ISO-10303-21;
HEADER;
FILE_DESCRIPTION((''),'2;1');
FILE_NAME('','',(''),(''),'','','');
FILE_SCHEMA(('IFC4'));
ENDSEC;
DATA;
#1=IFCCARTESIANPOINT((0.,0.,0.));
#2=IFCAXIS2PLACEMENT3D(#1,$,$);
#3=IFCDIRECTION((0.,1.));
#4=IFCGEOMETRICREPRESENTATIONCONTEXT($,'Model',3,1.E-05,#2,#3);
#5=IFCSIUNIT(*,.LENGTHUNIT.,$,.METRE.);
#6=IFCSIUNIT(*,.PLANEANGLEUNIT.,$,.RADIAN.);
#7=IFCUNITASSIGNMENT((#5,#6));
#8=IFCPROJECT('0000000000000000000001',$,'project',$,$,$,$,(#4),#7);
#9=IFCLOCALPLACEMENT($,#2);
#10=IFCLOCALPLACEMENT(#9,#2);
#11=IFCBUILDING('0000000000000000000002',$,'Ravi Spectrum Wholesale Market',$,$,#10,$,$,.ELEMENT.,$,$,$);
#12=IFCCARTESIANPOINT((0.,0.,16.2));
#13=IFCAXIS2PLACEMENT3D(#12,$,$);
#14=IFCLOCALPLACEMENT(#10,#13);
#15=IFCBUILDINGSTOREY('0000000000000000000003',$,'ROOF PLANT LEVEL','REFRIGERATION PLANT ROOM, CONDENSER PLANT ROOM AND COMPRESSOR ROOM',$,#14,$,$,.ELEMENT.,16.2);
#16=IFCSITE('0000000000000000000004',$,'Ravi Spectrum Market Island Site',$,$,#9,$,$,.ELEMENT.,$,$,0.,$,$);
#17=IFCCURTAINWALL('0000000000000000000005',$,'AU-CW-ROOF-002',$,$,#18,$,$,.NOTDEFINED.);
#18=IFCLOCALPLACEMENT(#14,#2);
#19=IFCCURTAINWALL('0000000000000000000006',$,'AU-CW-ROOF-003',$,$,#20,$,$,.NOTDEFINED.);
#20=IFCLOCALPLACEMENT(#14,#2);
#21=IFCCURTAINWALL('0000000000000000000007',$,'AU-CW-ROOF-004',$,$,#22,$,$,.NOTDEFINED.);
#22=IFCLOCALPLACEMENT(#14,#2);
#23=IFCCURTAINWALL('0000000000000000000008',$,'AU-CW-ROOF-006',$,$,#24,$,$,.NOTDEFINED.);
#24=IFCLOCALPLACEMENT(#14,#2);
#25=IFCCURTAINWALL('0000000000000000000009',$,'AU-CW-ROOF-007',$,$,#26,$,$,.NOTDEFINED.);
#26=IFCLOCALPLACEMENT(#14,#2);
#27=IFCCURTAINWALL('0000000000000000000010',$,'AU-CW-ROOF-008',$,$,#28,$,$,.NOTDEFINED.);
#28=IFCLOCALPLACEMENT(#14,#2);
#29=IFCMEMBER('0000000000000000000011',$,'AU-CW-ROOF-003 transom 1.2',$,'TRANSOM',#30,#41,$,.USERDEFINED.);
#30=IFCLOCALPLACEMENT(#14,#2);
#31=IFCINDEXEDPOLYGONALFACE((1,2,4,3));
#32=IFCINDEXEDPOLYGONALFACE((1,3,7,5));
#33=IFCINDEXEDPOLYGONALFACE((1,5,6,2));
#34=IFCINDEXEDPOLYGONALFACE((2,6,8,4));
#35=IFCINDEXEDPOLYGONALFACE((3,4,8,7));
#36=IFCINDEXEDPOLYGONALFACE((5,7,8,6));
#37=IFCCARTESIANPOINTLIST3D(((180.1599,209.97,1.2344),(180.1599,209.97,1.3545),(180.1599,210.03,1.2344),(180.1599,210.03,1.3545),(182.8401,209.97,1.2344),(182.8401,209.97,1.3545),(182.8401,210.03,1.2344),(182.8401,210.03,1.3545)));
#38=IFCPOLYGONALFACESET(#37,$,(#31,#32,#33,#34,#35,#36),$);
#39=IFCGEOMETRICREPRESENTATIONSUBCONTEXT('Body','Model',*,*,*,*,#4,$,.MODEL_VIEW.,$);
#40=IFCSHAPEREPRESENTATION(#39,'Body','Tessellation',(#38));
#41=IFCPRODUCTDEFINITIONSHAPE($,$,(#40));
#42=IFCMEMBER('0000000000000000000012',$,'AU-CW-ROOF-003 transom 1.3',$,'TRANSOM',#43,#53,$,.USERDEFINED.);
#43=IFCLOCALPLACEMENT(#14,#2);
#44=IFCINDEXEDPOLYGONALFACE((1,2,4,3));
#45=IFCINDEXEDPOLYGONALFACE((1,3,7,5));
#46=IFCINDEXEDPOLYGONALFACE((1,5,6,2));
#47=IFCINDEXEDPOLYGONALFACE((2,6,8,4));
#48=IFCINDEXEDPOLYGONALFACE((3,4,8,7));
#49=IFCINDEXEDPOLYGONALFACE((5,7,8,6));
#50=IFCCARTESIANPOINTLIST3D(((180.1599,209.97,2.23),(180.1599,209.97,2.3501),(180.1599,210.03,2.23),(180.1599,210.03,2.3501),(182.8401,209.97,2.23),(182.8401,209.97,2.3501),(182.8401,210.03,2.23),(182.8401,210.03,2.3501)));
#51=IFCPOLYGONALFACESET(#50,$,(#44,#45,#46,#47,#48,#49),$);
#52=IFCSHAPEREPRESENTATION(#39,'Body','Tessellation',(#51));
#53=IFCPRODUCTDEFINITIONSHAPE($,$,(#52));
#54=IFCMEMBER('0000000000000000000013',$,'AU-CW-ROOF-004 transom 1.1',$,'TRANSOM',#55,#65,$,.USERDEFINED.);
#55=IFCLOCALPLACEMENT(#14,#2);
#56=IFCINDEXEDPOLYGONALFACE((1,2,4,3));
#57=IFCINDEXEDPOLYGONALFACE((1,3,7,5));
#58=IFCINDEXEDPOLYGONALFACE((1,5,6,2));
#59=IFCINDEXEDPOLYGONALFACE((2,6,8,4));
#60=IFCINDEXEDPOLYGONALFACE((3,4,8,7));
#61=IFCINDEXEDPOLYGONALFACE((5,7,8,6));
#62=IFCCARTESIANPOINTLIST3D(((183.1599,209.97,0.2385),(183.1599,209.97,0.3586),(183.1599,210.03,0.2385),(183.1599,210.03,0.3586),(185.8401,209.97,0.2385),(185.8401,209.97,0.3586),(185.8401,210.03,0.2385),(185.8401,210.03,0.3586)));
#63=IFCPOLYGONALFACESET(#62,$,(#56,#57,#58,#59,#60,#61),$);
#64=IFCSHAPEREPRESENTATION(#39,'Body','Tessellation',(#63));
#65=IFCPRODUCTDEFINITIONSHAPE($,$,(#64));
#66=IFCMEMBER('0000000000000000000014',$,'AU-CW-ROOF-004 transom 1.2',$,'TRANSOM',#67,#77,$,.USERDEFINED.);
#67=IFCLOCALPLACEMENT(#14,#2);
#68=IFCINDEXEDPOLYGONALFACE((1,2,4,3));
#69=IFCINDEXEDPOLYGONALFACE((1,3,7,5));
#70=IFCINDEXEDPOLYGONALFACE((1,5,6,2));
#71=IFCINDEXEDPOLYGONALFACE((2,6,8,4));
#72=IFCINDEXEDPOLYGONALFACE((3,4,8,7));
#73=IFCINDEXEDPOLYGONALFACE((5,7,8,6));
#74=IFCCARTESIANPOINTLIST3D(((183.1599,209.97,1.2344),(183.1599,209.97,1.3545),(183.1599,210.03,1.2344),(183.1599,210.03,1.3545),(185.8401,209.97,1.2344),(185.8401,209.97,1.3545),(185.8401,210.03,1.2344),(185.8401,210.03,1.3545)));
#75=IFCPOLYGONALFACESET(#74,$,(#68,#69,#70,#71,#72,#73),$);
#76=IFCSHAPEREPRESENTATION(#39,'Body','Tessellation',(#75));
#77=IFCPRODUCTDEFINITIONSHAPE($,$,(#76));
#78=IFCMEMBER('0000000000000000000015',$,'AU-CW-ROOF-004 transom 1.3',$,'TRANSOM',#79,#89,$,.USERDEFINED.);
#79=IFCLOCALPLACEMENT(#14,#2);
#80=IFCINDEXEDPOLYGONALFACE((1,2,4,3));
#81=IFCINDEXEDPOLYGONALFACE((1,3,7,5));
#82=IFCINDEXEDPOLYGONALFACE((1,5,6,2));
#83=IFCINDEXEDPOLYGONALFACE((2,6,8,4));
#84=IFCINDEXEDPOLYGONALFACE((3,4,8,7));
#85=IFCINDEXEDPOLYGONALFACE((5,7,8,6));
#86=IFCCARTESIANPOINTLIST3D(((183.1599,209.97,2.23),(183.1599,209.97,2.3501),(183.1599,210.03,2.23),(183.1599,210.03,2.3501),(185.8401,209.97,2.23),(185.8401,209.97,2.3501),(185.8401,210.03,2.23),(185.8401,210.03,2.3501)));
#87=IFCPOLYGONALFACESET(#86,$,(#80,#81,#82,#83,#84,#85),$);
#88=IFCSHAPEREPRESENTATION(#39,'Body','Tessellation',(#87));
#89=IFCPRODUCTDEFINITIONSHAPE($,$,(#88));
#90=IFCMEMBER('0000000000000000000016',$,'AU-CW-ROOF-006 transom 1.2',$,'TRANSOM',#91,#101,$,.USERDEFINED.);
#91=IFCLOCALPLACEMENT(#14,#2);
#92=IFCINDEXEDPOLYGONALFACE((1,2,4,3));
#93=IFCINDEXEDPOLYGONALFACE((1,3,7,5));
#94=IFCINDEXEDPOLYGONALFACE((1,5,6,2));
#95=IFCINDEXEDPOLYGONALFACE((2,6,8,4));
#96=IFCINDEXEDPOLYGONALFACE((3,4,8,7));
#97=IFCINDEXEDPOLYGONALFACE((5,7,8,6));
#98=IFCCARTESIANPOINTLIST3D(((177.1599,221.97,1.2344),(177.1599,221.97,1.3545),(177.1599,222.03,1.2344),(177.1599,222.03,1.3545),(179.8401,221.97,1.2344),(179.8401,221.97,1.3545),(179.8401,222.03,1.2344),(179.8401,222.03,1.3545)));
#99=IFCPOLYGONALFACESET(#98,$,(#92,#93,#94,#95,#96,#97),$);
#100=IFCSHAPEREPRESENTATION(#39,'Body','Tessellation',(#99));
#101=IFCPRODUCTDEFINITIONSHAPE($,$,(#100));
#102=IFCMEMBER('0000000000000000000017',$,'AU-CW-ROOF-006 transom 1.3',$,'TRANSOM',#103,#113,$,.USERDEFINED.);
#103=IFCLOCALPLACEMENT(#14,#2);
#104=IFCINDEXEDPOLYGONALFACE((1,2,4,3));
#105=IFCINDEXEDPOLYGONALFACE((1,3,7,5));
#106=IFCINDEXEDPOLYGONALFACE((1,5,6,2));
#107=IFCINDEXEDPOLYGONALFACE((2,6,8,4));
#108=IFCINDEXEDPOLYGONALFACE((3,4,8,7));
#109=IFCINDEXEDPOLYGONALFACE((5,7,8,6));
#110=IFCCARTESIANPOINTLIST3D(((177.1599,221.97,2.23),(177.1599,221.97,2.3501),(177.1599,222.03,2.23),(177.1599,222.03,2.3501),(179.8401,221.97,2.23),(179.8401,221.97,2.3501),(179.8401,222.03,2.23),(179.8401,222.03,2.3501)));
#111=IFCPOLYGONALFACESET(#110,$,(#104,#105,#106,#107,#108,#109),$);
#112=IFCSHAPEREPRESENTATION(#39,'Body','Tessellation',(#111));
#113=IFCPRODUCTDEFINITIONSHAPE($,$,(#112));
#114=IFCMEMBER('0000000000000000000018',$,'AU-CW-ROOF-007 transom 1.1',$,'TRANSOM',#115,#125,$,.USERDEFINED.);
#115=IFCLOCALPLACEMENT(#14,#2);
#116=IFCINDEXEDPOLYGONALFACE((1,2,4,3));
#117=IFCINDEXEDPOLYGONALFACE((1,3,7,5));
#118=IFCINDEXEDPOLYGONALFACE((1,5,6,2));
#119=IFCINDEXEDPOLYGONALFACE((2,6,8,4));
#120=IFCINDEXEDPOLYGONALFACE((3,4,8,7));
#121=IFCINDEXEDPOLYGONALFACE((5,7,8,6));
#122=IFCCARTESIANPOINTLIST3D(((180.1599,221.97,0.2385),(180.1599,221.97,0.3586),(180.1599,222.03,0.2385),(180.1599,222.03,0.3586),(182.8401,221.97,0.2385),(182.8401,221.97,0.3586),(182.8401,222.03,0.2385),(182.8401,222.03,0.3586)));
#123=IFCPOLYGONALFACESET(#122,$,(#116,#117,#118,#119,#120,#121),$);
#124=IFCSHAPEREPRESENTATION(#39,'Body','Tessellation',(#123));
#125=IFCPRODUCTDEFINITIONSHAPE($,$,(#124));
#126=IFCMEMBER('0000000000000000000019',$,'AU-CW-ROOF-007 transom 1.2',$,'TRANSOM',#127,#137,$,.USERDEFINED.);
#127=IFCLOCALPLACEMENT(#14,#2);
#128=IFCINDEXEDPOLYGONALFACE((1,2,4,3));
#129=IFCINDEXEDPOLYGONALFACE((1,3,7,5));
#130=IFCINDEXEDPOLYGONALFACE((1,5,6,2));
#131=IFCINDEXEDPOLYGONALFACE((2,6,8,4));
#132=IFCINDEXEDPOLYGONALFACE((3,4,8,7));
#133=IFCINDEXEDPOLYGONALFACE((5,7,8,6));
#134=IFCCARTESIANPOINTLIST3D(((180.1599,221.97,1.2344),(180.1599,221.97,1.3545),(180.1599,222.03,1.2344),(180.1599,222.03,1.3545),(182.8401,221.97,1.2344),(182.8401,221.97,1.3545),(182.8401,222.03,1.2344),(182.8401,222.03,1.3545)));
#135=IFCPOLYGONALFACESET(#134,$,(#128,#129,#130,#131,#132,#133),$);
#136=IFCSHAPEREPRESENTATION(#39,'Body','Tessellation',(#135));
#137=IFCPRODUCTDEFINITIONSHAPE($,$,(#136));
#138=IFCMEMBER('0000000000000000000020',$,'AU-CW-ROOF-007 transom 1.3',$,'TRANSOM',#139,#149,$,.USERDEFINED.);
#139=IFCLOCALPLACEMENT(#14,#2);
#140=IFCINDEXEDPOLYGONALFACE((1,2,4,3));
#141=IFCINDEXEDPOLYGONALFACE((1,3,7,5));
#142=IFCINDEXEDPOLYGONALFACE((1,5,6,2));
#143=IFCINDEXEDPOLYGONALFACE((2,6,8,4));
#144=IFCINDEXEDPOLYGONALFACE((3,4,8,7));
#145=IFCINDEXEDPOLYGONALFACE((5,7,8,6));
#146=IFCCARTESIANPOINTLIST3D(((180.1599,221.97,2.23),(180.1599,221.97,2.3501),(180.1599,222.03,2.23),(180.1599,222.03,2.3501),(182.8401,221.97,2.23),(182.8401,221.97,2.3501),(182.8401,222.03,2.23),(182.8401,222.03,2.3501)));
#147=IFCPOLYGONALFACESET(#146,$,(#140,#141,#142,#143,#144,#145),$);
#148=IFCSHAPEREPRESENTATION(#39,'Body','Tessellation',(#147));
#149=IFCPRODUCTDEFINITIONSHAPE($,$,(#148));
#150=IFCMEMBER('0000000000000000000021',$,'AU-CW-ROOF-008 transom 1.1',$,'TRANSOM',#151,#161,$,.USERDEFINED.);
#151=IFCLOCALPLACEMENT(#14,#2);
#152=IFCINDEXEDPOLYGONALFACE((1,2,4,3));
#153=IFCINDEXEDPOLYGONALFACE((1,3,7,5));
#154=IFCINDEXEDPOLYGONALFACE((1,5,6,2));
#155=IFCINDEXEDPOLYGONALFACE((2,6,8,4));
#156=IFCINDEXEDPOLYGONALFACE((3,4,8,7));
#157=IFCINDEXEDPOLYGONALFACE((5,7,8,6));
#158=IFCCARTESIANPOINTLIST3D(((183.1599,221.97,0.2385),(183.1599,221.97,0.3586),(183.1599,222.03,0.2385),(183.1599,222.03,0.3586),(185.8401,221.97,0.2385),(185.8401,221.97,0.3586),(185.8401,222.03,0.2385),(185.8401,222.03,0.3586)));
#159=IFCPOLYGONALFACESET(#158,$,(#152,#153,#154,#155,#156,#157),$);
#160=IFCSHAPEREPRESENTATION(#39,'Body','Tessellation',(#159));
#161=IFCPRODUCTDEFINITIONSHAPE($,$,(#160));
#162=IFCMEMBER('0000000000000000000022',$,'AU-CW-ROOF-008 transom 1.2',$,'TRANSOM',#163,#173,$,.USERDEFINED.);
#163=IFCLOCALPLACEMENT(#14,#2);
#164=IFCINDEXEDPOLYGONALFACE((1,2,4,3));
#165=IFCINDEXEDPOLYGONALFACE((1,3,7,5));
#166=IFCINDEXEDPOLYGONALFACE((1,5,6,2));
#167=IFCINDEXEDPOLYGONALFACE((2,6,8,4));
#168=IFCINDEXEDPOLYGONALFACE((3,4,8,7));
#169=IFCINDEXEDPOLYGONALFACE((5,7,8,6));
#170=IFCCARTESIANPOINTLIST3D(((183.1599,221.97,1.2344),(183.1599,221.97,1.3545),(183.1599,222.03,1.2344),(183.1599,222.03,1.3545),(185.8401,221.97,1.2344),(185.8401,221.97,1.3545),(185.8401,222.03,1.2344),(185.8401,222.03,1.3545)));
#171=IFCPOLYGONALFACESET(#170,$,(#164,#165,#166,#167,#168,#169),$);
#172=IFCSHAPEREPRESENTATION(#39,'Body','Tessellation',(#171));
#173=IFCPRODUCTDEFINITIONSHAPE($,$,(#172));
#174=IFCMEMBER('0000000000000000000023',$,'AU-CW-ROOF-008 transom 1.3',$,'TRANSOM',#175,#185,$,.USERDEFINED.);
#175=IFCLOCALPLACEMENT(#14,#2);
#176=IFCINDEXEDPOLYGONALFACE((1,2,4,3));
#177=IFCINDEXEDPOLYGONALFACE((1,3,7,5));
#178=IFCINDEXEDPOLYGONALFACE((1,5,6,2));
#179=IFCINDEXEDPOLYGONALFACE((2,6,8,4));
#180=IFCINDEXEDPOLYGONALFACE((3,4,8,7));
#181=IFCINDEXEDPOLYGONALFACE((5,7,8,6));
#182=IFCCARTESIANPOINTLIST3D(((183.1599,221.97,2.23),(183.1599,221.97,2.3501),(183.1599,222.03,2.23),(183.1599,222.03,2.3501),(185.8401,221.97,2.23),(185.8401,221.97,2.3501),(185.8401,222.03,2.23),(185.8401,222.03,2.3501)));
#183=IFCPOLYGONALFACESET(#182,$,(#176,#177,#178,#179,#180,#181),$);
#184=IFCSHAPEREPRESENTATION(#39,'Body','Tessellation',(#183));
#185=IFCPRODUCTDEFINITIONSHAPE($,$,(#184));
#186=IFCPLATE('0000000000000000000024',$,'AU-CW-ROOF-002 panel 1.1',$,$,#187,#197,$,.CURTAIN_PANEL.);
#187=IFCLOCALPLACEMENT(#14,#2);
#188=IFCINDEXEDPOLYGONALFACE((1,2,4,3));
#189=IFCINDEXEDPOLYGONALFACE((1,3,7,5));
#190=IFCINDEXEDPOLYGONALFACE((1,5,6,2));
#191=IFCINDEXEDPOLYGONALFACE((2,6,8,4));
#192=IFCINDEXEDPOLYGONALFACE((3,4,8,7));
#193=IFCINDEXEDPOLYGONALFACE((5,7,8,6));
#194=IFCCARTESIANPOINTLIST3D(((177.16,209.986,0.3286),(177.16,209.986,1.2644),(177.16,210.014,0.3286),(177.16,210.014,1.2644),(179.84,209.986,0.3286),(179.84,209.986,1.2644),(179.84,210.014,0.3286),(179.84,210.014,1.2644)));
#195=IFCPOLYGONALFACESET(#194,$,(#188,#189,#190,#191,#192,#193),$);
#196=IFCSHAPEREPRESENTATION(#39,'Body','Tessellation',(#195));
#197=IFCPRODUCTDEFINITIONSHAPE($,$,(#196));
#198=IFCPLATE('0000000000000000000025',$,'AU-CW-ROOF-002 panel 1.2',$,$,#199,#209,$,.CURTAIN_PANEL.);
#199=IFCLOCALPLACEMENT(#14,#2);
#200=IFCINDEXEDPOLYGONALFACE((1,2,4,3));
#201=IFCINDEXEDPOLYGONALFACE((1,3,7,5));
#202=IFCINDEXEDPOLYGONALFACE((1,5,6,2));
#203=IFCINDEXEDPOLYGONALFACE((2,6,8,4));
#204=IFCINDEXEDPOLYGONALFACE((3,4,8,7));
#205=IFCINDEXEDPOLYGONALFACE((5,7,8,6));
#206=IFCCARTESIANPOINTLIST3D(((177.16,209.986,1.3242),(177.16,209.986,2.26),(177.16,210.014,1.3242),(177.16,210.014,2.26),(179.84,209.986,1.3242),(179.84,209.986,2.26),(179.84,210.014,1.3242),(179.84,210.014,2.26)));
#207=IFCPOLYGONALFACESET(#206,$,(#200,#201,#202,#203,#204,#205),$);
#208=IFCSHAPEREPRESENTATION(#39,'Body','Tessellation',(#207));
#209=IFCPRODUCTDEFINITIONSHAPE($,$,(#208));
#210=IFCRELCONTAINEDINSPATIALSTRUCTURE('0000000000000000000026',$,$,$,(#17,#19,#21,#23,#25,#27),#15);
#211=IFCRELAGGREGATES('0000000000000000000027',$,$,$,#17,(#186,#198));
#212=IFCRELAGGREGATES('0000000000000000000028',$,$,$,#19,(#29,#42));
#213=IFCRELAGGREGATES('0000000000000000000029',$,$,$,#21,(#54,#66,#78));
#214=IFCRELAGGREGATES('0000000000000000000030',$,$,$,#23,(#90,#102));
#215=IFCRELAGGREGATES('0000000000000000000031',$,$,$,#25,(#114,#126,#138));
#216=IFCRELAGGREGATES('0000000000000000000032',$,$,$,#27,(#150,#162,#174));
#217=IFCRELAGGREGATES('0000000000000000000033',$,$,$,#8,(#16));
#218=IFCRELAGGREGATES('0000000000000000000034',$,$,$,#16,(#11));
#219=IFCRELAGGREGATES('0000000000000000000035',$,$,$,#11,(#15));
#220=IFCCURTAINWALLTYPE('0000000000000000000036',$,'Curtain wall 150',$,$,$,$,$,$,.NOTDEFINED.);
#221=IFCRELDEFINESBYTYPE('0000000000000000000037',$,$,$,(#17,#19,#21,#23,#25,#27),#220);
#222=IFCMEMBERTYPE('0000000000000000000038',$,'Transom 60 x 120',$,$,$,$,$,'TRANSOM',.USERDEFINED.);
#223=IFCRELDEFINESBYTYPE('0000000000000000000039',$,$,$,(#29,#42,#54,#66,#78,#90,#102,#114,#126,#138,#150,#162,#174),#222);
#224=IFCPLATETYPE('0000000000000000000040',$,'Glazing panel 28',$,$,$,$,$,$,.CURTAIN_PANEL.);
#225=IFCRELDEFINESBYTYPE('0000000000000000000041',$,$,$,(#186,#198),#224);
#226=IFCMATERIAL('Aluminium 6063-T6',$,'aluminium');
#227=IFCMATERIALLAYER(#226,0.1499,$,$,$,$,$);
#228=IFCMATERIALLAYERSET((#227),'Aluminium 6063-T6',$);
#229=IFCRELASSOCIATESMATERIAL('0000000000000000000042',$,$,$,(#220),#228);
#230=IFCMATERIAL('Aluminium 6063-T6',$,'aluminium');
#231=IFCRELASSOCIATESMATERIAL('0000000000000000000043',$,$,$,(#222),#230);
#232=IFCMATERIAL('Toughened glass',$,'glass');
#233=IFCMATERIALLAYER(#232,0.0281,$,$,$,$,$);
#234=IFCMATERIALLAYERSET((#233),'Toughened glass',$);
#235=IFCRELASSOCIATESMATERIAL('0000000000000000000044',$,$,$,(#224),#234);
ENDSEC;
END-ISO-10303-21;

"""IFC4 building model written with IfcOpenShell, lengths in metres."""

from ifc_helpers import new_model, si_unit, direction, frame, origin, origin_2d, place, context, subcontext, project, spatial, rectangle, extrude, material, layer, layer_set, material_profile, profile_set, type_object, element, aggregate, save


model = new_model("IFC4")

# Units and contexts
model_context = context("Model", 3, precision=1e-05, world=origin(), true_north=direction((0.0, 1.0)))
body_context = subcontext(model_context, "Body", "Model", "MODEL_VIEW")
ifc_project = project(units=[si_unit("LENGTHUNIT", "METRE"), si_unit("PLANEANGLEUNIT", "RADIAN")], contexts=[model_context])

# Site, building, storey
site_placement = place(None, origin())
site = spatial("IfcSite", under=ifc_project, at=site_placement, Name="Ravi Spectrum Market Island Site", CompositionType="ELEMENT", RefElevation=0.0)
building_placement = place(site_placement, origin())
building = spatial("IfcBuilding", under=site, at=building_placement, Name="Ravi Spectrum Wholesale Market", CompositionType="ELEMENT")
storey_placement = place(building_placement, frame((0.0, 0.0, 16.2)))
storey = spatial("IfcBuildingStorey", under=building, at=storey_placement, Name="ROOF PLANT LEVEL", Description="REFRIGERATION PLANT ROOM, CONDENSER PLANT ROOM AND COMPRESSOR ROOM", CompositionType="ELEMENT", Elevation=16.2)

# Curtain wall
ifc_material_1 = material(Name="Aluminium 6063-T6", Category="aluminium")
ifc_layer_1 = layer(ifc_material_1, 0.1499)
ifc_layer_set_1 = layer_set([ifc_layer_1], Name="Aluminium 6063-T6")
curtain_wall_type = type_object("IfcCurtainWallType", Name="Curtain wall 150", PredefinedType="NOTDEFINED", material=ifc_layer_set_1)
curtain_wall_1_placement = place(storey_placement, origin())
curtain_wall_1 = element("IfcCurtainWall", 1, at=curtain_wall_1_placement, inside=storey, type_object=curtain_wall_type, Name="AU-CW-ROOF-002", PredefinedType="NOTDEFINED")

# Curtain walls
curtain_wall_2_placement = place(storey_placement, origin())
curtain_wall_2 = element("IfcCurtainWall", 2, at=curtain_wall_2_placement, inside=storey, type_object=curtain_wall_type, Name="AU-CW-ROOF-003", PredefinedType="NOTDEFINED")
curtain_wall_3_placement = place(storey_placement, origin())
curtain_wall_3 = element("IfcCurtainWall", 3, at=curtain_wall_3_placement, inside=storey, type_object=curtain_wall_type, Name="AU-CW-ROOF-004", PredefinedType="NOTDEFINED")

# Curtain wall
curtain_wall_4_placement = place(storey_placement, origin())
curtain_wall_4 = element("IfcCurtainWall", 4, at=curtain_wall_4_placement, inside=storey, type_object=curtain_wall_type, Name="AU-CW-ROOF-006", PredefinedType="NOTDEFINED")

# Curtain walls
curtain_wall_5_placement = place(storey_placement, origin())
curtain_wall_5 = element("IfcCurtainWall", 5, at=curtain_wall_5_placement, inside=storey, type_object=curtain_wall_type, Name="AU-CW-ROOF-007", PredefinedType="NOTDEFINED")
curtain_wall_6_placement = place(storey_placement, origin())
curtain_wall_6 = element("IfcCurtainWall", 6, at=curtain_wall_6_placement, inside=storey, type_object=curtain_wall_type, Name="AU-CW-ROOF-008", PredefinedType="NOTDEFINED")

# Members
ifc_material_2 = material(Name="Aluminium 6063-T6", Category="aluminium")
ifc_material_profile_1 = material_profile(ifc_material_2, rectangle(XDim=0.0601, YDim=0.1201, at=origin_2d()))
ifc_profile_set_1 = profile_set([ifc_material_profile_1], Name="Aluminium 6063-T6")
member_type_1 = type_object("IfcMemberType", Name="Transom 60 x 120", ElementType="TRANSOM", PredefinedType="USERDEFINED", material=ifc_profile_set_1)
member_1_placement = place(storey_placement, frame((180.1599, 210.0, 1.2944), z_axis=(1.0, 0.0, 0.0), x_axis=(0.0, 1.0, 0.0)))
member_1 = element("IfcMember", 7, at=member_1_placement, type_object=member_type_1, Name="AU-CW-ROOF-003 transom 1.2", ObjectType="TRANSOM", PredefinedType="USERDEFINED", context=body_context, shape_type="SweptSolid", body=[
    extrude(rectangle(XDim=0.0601, YDim=0.1201, at=origin_2d()), origin(), (0.0, 0.0, 1.0), 2.6802),
])
member_2_placement = place(storey_placement, frame((180.1599, 210.0, 2.29), z_axis=(1.0, 0.0, 0.0), x_axis=(0.0, 1.0, 0.0)))
member_2 = element("IfcMember", 8, at=member_2_placement, type_object=member_type_1, Name="AU-CW-ROOF-003 transom 1.3", ObjectType="TRANSOM", PredefinedType="USERDEFINED", context=body_context, shape_type="SweptSolid", body=[
    extrude(rectangle(XDim=0.0601, YDim=0.1201, at=origin_2d()), origin(), (0.0, 0.0, 1.0), 2.6802),
])
member_3_placement = place(storey_placement, frame((183.1599, 210.0, 0.2986), z_axis=(1.0, 0.0, 0.0), x_axis=(0.0, 1.0, 0.0)))
member_3 = element("IfcMember", 9, at=member_3_placement, type_object=member_type_1, Name="AU-CW-ROOF-004 transom 1.1", ObjectType="TRANSOM", PredefinedType="USERDEFINED", context=body_context, shape_type="SweptSolid", body=[
    extrude(rectangle(XDim=0.0601, YDim=0.1201, at=origin_2d()), origin(), (0.0, 0.0, 1.0), 2.6802),
])
member_4_placement = place(storey_placement, frame((183.1599, 210.0, 1.2944), z_axis=(1.0, 0.0, 0.0), x_axis=(0.0, 1.0, 0.0)))
member_4 = element("IfcMember", 10, at=member_4_placement, type_object=member_type_1, Name="AU-CW-ROOF-004 transom 1.2", ObjectType="TRANSOM", PredefinedType="USERDEFINED", context=body_context, shape_type="SweptSolid", body=[
    extrude(rectangle(XDim=0.0601, YDim=0.1201, at=origin_2d()), origin(), (0.0, 0.0, 1.0), 2.6802),
])
member_5_placement = place(storey_placement, frame((183.1599, 210.0, 2.29), z_axis=(1.0, 0.0, 0.0), x_axis=(0.0, 1.0, 0.0)))
member_5 = element("IfcMember", 11, at=member_5_placement, type_object=member_type_1, Name="AU-CW-ROOF-004 transom 1.3", ObjectType="TRANSOM", PredefinedType="USERDEFINED", context=body_context, shape_type="SweptSolid", body=[
    extrude(rectangle(XDim=0.0601, YDim=0.1201, at=origin_2d()), origin(), (0.0, 0.0, 1.0), 2.6802),
])
member_6_placement = place(storey_placement, frame((177.1599, 222.0, 1.2944), z_axis=(1.0, 0.0, 0.0), x_axis=(0.0, 1.0, 0.0)))
member_6 = element("IfcMember", 12, at=member_6_placement, type_object=member_type_1, Name="AU-CW-ROOF-006 transom 1.2", ObjectType="TRANSOM", PredefinedType="USERDEFINED", context=body_context, shape_type="SweptSolid", body=[
    extrude(rectangle(XDim=0.0601, YDim=0.1201, at=origin_2d()), origin(), (0.0, 0.0, 1.0), 2.6802),
])
member_7_placement = place(storey_placement, frame((177.1599, 222.0, 2.29), z_axis=(1.0, 0.0, 0.0), x_axis=(0.0, 1.0, 0.0)))
member_7 = element("IfcMember", 13, at=member_7_placement, type_object=member_type_1, Name="AU-CW-ROOF-006 transom 1.3", ObjectType="TRANSOM", PredefinedType="USERDEFINED", context=body_context, shape_type="SweptSolid", body=[
    extrude(rectangle(XDim=0.0601, YDim=0.1201, at=origin_2d()), origin(), (0.0, 0.0, 1.0), 2.6802),
])
member_8_placement = place(storey_placement, frame((180.1599, 222.0, 0.2986), z_axis=(1.0, 0.0, 0.0), x_axis=(0.0, 1.0, 0.0)))
member_8 = element("IfcMember", 14, at=member_8_placement, type_object=member_type_1, Name="AU-CW-ROOF-007 transom 1.1", ObjectType="TRANSOM", PredefinedType="USERDEFINED", context=body_context, shape_type="SweptSolid", body=[
    extrude(rectangle(XDim=0.0601, YDim=0.1201, at=origin_2d()), origin(), (0.0, 0.0, 1.0), 2.6802),
])
member_9_placement = place(storey_placement, frame((180.1599, 222.0, 1.2944), z_axis=(1.0, 0.0, 0.0), x_axis=(0.0, 1.0, 0.0)))
member_9 = element("IfcMember", 15, at=member_9_placement, type_object=member_type_1, Name="AU-CW-ROOF-007 transom 1.2", ObjectType="TRANSOM", PredefinedType="USERDEFINED", context=body_context, shape_type="SweptSolid", body=[
    extrude(rectangle(XDim=0.0601, YDim=0.1201, at=origin_2d()), origin(), (0.0, 0.0, 1.0), 2.6802),
])
member_10_placement = place(storey_placement, frame((180.1599, 222.0, 2.29), z_axis=(1.0, 0.0, 0.0), x_axis=(0.0, 1.0, 0.0)))
member_10 = element("IfcMember", 16, at=member_10_placement, type_object=member_type_1, Name="AU-CW-ROOF-007 transom 1.3", ObjectType="TRANSOM", PredefinedType="USERDEFINED", context=body_context, shape_type="SweptSolid", body=[
    extrude(rectangle(XDim=0.0601, YDim=0.1201, at=origin_2d()), origin(), (0.0, 0.0, 1.0), 2.6802),
])
member_11_placement = place(storey_placement, frame((183.1599, 222.0, 0.2986), z_axis=(1.0, 0.0, 0.0), x_axis=(0.0, 1.0, 0.0)))
member_11 = element("IfcMember", 17, at=member_11_placement, type_object=member_type_1, Name="AU-CW-ROOF-008 transom 1.1", ObjectType="TRANSOM", PredefinedType="USERDEFINED", context=body_context, shape_type="SweptSolid", body=[
    extrude(rectangle(XDim=0.0601, YDim=0.1201, at=origin_2d()), origin(), (0.0, 0.0, 1.0), 2.6802),
])
member_12_placement = place(storey_placement, frame((183.1599, 222.0, 1.2944), z_axis=(1.0, 0.0, 0.0), x_axis=(0.0, 1.0, 0.0)))
member_12 = element("IfcMember", 18, at=member_12_placement, type_object=member_type_1, Name="AU-CW-ROOF-008 transom 1.2", ObjectType="TRANSOM", PredefinedType="USERDEFINED", context=body_context, shape_type="SweptSolid", body=[
    extrude(rectangle(XDim=0.0601, YDim=0.1201, at=origin_2d()), origin(), (0.0, 0.0, 1.0), 2.6802),
])
member_13_placement = place(storey_placement, frame((183.1599, 222.0, 2.29), z_axis=(1.0, 0.0, 0.0), x_axis=(0.0, 1.0, 0.0)))
member_13 = element("IfcMember", 19, at=member_13_placement, type_object=member_type_1, Name="AU-CW-ROOF-008 transom 1.3", ObjectType="TRANSOM", PredefinedType="USERDEFINED", context=body_context, shape_type="SweptSolid", body=[
    extrude(rectangle(XDim=0.0601, YDim=0.1201, at=origin_2d()), origin(), (0.0, 0.0, 1.0), 2.6802),
])

# Plates
ifc_material_3 = material(Name="Toughened glass", Category="glass")
ifc_layer_2 = layer(ifc_material_3, 0.0281)
ifc_layer_set_2 = layer_set([ifc_layer_2], Name="Toughened glass")
plate_type = type_object("IfcPlateType", Name="Glazing panel 28", PredefinedType="CURTAIN_PANEL", material=ifc_layer_set_2)
plate_1_placement = place(storey_placement, frame((178.5, 210.0, 0.3286), z_axis=(0.0, 0.0, 1.0), x_axis=(1.0, 0.0, 0.0)))
plate_1 = element("IfcPlate", 20, at=plate_1_placement, type_object=plate_type, Name="AU-CW-ROOF-002 panel 1.1", PredefinedType="CURTAIN_PANEL", context=body_context, shape_type="SweptSolid", body=[
    extrude(rectangle(XDim=2.6799, YDim=0.0281, at=origin_2d()), origin(), (0.0, 0.0, 1.0), 0.9358),
])
plate_2_placement = place(storey_placement, frame((178.5, 210.0, 1.3242), z_axis=(0.0, 0.0, 1.0), x_axis=(1.0, 0.0, 0.0)))
plate_2 = element("IfcPlate", 21, at=plate_2_placement, type_object=plate_type, Name="AU-CW-ROOF-002 panel 1.2", PredefinedType="CURTAIN_PANEL", context=body_context, shape_type="SweptSolid", body=[
    extrude(rectangle(XDim=2.6799, YDim=0.0281, at=origin_2d()), origin(), (0.0, 0.0, 1.0), 0.9358),
])
aggregate(curtain_wall_1, [plate_1, plate_2])
aggregate(curtain_wall_2, [member_1, member_2])
aggregate(curtain_wall_3, [member_3, member_4, member_5])
aggregate(curtain_wall_4, [member_6, member_7])
aggregate(curtain_wall_5, [member_8, member_9, member_10])
aggregate(curtain_wall_6, [member_11, member_12, member_13])

save(model, "model.ifc")
